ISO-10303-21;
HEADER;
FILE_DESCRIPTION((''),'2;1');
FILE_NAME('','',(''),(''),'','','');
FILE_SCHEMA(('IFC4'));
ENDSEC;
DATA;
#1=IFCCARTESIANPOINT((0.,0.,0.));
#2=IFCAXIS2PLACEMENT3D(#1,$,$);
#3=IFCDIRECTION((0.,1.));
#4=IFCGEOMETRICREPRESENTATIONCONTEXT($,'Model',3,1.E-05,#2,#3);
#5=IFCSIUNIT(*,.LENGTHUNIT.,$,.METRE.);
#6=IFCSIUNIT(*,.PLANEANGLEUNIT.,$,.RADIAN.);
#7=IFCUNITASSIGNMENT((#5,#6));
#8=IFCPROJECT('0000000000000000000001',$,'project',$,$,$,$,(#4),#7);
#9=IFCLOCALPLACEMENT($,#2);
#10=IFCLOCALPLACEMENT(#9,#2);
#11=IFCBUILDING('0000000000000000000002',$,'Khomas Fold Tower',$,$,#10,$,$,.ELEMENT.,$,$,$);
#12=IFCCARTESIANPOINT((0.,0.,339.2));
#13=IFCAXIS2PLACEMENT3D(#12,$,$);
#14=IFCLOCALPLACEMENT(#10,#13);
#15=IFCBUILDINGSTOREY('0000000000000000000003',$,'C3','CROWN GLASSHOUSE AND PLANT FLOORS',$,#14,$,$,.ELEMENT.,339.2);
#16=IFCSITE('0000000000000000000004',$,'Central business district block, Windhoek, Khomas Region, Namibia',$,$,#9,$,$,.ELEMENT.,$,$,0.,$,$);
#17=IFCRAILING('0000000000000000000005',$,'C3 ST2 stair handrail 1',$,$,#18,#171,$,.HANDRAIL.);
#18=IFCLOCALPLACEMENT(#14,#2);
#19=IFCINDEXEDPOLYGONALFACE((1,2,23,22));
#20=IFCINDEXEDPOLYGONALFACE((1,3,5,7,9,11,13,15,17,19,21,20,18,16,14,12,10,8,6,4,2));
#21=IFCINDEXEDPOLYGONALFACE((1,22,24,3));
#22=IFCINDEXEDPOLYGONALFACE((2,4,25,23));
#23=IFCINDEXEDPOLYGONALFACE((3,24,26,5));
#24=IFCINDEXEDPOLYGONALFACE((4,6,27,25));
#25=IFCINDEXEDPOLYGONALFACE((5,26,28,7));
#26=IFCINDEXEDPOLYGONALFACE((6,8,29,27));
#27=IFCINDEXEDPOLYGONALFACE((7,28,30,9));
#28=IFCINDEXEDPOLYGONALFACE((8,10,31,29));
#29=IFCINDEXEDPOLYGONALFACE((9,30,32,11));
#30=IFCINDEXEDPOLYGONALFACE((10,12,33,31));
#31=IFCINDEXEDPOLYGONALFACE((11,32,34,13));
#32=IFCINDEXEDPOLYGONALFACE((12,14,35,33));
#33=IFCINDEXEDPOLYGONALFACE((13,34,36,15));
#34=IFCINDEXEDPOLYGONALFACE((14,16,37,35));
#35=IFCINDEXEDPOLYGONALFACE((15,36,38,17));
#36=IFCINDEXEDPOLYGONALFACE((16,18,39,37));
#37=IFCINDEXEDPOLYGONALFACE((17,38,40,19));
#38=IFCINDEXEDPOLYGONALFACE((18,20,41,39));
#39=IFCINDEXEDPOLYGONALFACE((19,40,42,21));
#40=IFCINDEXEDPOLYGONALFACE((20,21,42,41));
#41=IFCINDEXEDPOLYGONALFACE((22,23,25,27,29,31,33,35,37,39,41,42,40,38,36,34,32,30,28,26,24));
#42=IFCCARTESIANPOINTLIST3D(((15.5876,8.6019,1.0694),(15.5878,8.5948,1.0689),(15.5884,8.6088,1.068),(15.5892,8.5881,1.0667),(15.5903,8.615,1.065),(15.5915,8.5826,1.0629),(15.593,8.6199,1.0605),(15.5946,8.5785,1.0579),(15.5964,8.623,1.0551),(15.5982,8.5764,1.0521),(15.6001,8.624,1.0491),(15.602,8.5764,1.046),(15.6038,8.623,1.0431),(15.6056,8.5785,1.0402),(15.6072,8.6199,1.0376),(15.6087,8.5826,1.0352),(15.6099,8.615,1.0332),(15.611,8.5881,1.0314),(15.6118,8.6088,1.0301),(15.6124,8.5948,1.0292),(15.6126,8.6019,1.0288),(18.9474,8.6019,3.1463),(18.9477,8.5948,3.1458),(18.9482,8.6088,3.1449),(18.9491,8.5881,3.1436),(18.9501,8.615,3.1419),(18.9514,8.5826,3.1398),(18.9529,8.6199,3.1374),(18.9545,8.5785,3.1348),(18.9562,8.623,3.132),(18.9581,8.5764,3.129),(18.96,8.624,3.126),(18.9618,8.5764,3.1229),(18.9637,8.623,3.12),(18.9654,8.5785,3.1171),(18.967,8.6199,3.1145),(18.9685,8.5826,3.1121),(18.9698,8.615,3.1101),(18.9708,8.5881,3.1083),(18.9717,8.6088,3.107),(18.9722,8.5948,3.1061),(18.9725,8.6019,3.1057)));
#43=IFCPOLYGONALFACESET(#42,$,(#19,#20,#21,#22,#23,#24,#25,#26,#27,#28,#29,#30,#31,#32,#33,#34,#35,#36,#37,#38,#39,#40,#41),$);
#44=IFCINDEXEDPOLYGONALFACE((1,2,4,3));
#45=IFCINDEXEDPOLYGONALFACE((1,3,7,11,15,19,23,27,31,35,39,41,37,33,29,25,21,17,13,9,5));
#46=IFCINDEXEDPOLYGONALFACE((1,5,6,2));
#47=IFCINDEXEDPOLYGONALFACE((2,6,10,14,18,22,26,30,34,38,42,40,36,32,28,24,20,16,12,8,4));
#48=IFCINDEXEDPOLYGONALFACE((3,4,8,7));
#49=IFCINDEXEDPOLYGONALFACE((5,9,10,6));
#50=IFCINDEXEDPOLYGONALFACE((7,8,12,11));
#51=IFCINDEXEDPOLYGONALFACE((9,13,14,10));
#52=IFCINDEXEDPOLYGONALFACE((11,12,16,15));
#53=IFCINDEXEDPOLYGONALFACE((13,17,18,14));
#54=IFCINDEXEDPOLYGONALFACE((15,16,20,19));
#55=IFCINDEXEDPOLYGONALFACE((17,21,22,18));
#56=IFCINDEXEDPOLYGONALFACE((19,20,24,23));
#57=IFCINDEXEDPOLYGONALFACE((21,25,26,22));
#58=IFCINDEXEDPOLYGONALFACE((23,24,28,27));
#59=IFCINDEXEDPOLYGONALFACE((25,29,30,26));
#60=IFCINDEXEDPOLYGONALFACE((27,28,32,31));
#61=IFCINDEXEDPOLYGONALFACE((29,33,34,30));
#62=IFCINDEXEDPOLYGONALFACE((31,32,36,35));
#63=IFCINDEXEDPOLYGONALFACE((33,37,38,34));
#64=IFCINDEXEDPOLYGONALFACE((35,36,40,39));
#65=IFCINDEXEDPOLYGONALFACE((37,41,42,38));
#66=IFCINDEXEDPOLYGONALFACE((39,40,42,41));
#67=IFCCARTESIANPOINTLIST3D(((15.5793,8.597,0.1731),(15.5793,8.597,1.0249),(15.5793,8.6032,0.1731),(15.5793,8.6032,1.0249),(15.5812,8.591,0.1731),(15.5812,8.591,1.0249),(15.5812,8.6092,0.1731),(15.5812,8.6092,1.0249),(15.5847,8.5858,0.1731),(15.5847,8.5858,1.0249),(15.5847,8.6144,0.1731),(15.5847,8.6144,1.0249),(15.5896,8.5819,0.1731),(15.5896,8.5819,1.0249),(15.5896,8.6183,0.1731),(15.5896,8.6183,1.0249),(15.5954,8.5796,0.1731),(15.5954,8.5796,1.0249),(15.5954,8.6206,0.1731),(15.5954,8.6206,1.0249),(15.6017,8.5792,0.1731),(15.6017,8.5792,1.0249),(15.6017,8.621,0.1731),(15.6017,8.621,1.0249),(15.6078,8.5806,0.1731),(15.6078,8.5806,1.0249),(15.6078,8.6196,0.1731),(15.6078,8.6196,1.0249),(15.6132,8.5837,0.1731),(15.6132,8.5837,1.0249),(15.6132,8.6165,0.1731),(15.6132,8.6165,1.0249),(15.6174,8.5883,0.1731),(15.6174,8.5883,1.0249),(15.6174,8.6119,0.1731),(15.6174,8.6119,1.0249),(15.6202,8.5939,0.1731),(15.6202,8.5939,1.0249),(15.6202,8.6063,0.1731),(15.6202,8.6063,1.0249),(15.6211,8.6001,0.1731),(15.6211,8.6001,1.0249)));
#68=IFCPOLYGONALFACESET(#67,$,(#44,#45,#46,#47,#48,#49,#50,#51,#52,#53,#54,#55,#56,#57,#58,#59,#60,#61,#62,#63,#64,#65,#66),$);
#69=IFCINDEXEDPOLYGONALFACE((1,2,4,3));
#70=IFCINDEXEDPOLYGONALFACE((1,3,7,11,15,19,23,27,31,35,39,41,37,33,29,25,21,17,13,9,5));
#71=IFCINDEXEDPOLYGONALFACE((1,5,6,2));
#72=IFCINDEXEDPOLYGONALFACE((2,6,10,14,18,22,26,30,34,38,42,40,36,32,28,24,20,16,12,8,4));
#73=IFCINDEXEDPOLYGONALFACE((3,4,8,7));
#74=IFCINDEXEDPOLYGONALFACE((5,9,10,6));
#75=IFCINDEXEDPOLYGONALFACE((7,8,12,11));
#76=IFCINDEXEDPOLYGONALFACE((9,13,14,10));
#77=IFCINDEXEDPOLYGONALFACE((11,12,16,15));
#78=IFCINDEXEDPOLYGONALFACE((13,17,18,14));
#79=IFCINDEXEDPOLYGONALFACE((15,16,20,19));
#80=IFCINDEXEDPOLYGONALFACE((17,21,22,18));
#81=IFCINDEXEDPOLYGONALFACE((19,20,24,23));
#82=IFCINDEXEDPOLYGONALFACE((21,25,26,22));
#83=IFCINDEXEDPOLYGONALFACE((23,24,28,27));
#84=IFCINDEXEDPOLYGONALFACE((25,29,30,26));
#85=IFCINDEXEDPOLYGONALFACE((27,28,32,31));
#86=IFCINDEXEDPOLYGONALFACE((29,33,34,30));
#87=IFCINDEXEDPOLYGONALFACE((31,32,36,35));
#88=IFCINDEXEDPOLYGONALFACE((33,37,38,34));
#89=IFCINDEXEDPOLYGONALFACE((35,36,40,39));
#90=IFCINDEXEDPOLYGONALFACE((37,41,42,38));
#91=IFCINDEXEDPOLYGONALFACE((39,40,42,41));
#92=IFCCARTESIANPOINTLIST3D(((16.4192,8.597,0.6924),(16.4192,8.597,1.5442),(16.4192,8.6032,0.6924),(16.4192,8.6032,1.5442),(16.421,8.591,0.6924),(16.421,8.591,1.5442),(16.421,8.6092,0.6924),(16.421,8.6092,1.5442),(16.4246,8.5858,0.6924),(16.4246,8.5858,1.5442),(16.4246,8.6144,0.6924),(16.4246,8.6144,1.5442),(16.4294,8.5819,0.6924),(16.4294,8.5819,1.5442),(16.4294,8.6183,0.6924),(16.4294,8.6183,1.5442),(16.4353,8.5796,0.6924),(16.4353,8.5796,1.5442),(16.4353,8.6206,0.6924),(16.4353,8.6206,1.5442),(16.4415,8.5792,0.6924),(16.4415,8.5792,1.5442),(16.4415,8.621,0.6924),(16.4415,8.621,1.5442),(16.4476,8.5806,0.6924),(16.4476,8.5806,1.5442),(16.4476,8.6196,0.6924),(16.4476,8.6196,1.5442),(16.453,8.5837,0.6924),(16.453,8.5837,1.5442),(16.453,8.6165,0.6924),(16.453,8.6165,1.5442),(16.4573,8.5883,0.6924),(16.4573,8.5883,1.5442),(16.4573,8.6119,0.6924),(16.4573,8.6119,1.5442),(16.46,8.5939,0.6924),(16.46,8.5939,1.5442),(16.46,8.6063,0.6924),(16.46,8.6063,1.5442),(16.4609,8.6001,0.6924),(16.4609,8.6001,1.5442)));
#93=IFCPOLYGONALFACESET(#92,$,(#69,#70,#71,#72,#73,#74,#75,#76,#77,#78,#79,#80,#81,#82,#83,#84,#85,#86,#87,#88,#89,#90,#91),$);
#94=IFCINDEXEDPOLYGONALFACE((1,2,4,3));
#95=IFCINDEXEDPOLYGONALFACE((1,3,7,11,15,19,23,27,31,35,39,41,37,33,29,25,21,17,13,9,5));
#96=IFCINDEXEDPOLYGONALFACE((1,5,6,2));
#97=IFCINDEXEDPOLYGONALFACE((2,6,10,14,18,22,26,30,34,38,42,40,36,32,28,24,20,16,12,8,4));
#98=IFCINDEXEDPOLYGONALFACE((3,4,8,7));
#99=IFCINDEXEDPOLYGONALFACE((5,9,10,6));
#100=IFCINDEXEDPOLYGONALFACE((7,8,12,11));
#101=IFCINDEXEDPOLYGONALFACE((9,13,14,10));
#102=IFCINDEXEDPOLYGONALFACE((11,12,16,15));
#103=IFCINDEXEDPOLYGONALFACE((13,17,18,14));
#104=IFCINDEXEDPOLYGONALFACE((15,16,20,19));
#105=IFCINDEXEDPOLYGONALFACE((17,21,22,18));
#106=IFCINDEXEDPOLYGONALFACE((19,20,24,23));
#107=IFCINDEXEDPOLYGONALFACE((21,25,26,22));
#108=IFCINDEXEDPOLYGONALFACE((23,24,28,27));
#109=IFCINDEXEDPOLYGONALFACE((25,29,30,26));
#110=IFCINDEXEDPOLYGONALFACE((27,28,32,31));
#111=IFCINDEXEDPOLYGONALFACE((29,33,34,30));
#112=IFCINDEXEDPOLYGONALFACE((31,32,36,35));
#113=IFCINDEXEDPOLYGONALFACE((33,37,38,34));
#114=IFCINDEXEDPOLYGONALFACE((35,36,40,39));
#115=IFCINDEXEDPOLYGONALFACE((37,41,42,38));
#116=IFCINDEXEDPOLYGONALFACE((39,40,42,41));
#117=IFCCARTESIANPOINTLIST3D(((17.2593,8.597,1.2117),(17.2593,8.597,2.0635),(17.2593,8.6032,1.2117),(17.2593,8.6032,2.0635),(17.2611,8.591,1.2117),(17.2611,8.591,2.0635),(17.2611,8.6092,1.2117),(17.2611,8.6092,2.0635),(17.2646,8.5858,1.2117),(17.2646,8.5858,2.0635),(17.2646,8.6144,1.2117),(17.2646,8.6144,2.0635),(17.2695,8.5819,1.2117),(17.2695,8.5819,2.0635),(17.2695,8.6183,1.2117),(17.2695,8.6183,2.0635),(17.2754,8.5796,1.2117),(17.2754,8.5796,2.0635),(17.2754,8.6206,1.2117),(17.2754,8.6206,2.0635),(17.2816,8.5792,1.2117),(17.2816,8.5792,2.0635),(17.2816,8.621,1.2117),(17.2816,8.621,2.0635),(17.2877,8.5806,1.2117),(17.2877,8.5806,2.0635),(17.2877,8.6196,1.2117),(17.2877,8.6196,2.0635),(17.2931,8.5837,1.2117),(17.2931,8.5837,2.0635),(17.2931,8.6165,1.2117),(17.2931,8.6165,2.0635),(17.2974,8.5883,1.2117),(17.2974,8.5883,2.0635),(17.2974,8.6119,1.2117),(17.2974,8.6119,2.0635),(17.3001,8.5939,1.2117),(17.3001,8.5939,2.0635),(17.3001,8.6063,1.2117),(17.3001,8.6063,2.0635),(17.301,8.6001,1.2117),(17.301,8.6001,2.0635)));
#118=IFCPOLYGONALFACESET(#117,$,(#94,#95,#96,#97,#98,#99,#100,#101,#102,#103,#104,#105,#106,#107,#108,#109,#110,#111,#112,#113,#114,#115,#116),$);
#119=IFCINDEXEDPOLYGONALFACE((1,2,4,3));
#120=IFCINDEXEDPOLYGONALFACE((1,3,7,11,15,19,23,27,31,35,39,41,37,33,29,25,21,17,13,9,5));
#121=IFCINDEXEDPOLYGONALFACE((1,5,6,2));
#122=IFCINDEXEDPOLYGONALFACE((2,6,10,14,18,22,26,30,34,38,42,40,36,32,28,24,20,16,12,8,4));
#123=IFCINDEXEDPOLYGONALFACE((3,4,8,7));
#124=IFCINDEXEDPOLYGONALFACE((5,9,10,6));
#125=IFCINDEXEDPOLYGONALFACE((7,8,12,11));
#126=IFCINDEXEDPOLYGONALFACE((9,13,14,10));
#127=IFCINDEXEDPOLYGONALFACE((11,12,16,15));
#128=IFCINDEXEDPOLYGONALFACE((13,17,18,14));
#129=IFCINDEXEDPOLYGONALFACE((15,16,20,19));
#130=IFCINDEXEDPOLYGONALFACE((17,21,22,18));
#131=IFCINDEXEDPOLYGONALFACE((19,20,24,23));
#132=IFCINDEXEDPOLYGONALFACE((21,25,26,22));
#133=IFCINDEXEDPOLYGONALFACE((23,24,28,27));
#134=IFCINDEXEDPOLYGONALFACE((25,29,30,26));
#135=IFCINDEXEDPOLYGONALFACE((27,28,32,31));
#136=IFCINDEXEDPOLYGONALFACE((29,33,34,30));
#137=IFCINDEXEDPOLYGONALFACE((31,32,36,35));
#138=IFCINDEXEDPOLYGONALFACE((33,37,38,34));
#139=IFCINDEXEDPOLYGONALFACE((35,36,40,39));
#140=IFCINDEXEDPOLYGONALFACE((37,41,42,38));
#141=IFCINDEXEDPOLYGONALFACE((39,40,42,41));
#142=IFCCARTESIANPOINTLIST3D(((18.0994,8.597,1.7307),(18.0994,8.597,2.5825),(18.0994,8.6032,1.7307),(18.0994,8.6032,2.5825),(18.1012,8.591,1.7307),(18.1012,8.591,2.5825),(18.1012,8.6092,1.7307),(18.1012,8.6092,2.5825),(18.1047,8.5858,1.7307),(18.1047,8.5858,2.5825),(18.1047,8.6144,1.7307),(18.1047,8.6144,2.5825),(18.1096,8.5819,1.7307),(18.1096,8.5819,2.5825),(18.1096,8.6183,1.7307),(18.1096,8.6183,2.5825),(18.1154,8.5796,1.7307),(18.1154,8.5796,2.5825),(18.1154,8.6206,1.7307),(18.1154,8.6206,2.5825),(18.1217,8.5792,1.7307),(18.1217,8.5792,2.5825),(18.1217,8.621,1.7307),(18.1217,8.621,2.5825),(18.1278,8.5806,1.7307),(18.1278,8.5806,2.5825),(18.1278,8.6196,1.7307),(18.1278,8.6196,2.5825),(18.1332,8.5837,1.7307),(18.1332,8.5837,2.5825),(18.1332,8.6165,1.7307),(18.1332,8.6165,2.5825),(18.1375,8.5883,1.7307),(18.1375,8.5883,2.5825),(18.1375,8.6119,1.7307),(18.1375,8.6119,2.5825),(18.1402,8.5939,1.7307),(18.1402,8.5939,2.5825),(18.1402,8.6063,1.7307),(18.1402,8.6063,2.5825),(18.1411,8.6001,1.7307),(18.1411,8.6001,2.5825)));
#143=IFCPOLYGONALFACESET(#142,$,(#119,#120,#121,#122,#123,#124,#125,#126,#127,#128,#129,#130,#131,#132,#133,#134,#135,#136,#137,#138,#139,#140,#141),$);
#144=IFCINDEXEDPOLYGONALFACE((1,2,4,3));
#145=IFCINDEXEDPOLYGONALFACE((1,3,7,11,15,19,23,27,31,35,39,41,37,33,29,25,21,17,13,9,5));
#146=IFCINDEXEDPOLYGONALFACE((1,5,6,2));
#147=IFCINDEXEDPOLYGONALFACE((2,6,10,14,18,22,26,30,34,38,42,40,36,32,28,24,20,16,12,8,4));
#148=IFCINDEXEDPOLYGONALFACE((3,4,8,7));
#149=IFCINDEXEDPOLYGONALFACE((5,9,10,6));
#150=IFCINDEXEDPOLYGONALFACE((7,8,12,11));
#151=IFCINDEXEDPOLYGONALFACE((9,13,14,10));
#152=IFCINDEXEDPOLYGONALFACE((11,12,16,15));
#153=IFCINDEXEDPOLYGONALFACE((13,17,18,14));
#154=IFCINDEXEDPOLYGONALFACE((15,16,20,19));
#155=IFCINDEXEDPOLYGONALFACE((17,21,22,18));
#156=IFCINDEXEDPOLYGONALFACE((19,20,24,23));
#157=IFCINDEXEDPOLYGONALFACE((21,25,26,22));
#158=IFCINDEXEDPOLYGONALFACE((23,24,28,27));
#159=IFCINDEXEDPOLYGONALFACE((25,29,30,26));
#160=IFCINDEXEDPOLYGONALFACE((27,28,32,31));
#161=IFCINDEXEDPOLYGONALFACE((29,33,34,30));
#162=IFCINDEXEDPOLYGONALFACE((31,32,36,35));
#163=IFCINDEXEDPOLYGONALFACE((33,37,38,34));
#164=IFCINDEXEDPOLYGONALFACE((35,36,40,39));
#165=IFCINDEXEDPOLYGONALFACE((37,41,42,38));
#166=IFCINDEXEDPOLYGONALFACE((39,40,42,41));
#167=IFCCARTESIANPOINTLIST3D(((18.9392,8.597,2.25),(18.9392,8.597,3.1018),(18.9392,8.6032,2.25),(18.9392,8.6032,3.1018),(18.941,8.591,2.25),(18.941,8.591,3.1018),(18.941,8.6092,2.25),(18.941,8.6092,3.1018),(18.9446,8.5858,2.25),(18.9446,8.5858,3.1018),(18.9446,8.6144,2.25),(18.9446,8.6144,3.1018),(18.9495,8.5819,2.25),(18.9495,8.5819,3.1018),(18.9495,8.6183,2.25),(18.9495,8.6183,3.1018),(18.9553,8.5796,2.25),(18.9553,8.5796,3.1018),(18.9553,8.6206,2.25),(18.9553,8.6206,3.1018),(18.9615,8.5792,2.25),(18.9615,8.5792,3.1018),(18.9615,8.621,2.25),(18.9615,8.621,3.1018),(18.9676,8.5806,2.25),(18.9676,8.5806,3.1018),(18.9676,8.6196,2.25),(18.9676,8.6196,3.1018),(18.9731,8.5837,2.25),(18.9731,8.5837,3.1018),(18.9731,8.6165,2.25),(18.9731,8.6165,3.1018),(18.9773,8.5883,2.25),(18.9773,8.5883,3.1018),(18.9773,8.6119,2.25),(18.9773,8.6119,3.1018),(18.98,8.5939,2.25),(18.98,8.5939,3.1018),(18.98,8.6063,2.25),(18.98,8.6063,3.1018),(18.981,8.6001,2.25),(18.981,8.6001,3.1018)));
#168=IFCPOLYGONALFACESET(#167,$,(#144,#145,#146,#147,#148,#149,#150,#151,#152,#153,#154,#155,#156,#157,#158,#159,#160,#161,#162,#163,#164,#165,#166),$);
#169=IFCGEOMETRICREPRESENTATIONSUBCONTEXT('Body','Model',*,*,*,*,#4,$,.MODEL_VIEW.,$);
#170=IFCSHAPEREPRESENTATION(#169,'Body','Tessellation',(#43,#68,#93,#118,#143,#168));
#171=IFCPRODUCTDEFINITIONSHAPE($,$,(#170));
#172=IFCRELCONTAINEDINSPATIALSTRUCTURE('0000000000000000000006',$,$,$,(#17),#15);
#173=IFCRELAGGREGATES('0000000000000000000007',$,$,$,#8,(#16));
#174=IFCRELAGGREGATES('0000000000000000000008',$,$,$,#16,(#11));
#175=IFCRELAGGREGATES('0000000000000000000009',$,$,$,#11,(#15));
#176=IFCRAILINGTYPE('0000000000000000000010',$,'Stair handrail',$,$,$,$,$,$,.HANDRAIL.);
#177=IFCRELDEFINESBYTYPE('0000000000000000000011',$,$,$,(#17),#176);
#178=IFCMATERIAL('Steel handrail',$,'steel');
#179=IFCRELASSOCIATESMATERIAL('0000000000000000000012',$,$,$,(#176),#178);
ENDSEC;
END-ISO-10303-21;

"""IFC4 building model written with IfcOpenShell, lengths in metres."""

from ifc_helpers import new_model, si_unit, direction, frame, origin, origin_2d, place, context, subcontext, project, spatial, circle, extrude, source, transform, mapped, material, type_object, element, save


model = new_model("IFC4")

# Units and contexts
model_context = context("Model", 3, precision=1e-05, world=origin(), true_north=direction((0.0, 1.0)))
body_context = subcontext(model_context, "Body", "Model", "MODEL_VIEW")
ifc_project = project(units=[si_unit("LENGTHUNIT", "METRE"), si_unit("PLANEANGLEUNIT", "RADIAN")], contexts=[model_context])

# Site, building, storey
site_placement = place(None, origin())
site = spatial("IfcSite", under=ifc_project, at=site_placement, Name="Central business district block, Windhoek, Khomas Region, Namibia", CompositionType="ELEMENT", RefElevation=0.0)
building_placement = place(site_placement, origin())
building = spatial("IfcBuilding", under=site, at=building_placement, Name="Khomas Fold Tower", CompositionType="ELEMENT")
storey_placement = place(building_placement, frame((0.0, 0.0, 339.2)))
storey = spatial("IfcBuildingStorey", under=building, at=storey_placement, Name="C3", Description="CROWN GLASSHOUSE AND PLANT FLOORS", CompositionType="ELEMENT", Elevation=339.2)

# Railing
ifc_material_1 = material(Name="Steel handrail", Category="steel")
railing_type_1 = type_object("IfcRailingType", Name="Stair handrail", PredefinedType="HANDRAIL", material=ifc_material_1)
shared_shape_1 = source(origin(), body_context, "Body", "SweptSolid", [
    extrude(circle(Radius=0.0239, at=origin_2d()), frame((0.0, 0.0, 0.876), z_axis=(0.850606, 0.0, 0.525803), x_axis=(0.0, 1.0, 0.0)), (0.0, 0.0, 1.0), 3.95),
    extrude(circle(Radius=0.021, at=origin_2d()), origin(), (0.0, 0.0, 1.0), 0.8518),
    extrude(circle(Radius=0.021, at=origin_2d()), frame((0.8398, 0.0, 0.5193)), (0.0, 0.0, 1.0), 0.8518),
    extrude(circle(Radius=0.021, at=origin_2d()), frame((1.6799, 0.0, 1.0386)), (0.0, 0.0, 1.0), 0.8518),
    extrude(circle(Radius=0.021, at=origin_2d()), frame((2.52, 0.0, 1.5576)), (0.0, 0.0, 1.0), 0.8518),
    extrude(circle(Radius=0.021, at=origin_2d()), frame((3.3599, 0.0, 2.0769)), (0.0, 0.0, 1.0), 0.8518),
])
railing_1_placement = place(storey_placement, frame((15.6001, 8.6001, 0.1731)))
element("IfcRailing", 1, at=railing_1_placement, inside=storey, type_object=railing_type_1, Name="C3 ST2 stair handrail 1", PredefinedType="HANDRAIL", context=body_context, shape_type="MappedRepresentation", body=[
    mapped(shared_shape_1, transform((0.0, 0.0, 0.0))),
])

save(model, "model.ifc")
